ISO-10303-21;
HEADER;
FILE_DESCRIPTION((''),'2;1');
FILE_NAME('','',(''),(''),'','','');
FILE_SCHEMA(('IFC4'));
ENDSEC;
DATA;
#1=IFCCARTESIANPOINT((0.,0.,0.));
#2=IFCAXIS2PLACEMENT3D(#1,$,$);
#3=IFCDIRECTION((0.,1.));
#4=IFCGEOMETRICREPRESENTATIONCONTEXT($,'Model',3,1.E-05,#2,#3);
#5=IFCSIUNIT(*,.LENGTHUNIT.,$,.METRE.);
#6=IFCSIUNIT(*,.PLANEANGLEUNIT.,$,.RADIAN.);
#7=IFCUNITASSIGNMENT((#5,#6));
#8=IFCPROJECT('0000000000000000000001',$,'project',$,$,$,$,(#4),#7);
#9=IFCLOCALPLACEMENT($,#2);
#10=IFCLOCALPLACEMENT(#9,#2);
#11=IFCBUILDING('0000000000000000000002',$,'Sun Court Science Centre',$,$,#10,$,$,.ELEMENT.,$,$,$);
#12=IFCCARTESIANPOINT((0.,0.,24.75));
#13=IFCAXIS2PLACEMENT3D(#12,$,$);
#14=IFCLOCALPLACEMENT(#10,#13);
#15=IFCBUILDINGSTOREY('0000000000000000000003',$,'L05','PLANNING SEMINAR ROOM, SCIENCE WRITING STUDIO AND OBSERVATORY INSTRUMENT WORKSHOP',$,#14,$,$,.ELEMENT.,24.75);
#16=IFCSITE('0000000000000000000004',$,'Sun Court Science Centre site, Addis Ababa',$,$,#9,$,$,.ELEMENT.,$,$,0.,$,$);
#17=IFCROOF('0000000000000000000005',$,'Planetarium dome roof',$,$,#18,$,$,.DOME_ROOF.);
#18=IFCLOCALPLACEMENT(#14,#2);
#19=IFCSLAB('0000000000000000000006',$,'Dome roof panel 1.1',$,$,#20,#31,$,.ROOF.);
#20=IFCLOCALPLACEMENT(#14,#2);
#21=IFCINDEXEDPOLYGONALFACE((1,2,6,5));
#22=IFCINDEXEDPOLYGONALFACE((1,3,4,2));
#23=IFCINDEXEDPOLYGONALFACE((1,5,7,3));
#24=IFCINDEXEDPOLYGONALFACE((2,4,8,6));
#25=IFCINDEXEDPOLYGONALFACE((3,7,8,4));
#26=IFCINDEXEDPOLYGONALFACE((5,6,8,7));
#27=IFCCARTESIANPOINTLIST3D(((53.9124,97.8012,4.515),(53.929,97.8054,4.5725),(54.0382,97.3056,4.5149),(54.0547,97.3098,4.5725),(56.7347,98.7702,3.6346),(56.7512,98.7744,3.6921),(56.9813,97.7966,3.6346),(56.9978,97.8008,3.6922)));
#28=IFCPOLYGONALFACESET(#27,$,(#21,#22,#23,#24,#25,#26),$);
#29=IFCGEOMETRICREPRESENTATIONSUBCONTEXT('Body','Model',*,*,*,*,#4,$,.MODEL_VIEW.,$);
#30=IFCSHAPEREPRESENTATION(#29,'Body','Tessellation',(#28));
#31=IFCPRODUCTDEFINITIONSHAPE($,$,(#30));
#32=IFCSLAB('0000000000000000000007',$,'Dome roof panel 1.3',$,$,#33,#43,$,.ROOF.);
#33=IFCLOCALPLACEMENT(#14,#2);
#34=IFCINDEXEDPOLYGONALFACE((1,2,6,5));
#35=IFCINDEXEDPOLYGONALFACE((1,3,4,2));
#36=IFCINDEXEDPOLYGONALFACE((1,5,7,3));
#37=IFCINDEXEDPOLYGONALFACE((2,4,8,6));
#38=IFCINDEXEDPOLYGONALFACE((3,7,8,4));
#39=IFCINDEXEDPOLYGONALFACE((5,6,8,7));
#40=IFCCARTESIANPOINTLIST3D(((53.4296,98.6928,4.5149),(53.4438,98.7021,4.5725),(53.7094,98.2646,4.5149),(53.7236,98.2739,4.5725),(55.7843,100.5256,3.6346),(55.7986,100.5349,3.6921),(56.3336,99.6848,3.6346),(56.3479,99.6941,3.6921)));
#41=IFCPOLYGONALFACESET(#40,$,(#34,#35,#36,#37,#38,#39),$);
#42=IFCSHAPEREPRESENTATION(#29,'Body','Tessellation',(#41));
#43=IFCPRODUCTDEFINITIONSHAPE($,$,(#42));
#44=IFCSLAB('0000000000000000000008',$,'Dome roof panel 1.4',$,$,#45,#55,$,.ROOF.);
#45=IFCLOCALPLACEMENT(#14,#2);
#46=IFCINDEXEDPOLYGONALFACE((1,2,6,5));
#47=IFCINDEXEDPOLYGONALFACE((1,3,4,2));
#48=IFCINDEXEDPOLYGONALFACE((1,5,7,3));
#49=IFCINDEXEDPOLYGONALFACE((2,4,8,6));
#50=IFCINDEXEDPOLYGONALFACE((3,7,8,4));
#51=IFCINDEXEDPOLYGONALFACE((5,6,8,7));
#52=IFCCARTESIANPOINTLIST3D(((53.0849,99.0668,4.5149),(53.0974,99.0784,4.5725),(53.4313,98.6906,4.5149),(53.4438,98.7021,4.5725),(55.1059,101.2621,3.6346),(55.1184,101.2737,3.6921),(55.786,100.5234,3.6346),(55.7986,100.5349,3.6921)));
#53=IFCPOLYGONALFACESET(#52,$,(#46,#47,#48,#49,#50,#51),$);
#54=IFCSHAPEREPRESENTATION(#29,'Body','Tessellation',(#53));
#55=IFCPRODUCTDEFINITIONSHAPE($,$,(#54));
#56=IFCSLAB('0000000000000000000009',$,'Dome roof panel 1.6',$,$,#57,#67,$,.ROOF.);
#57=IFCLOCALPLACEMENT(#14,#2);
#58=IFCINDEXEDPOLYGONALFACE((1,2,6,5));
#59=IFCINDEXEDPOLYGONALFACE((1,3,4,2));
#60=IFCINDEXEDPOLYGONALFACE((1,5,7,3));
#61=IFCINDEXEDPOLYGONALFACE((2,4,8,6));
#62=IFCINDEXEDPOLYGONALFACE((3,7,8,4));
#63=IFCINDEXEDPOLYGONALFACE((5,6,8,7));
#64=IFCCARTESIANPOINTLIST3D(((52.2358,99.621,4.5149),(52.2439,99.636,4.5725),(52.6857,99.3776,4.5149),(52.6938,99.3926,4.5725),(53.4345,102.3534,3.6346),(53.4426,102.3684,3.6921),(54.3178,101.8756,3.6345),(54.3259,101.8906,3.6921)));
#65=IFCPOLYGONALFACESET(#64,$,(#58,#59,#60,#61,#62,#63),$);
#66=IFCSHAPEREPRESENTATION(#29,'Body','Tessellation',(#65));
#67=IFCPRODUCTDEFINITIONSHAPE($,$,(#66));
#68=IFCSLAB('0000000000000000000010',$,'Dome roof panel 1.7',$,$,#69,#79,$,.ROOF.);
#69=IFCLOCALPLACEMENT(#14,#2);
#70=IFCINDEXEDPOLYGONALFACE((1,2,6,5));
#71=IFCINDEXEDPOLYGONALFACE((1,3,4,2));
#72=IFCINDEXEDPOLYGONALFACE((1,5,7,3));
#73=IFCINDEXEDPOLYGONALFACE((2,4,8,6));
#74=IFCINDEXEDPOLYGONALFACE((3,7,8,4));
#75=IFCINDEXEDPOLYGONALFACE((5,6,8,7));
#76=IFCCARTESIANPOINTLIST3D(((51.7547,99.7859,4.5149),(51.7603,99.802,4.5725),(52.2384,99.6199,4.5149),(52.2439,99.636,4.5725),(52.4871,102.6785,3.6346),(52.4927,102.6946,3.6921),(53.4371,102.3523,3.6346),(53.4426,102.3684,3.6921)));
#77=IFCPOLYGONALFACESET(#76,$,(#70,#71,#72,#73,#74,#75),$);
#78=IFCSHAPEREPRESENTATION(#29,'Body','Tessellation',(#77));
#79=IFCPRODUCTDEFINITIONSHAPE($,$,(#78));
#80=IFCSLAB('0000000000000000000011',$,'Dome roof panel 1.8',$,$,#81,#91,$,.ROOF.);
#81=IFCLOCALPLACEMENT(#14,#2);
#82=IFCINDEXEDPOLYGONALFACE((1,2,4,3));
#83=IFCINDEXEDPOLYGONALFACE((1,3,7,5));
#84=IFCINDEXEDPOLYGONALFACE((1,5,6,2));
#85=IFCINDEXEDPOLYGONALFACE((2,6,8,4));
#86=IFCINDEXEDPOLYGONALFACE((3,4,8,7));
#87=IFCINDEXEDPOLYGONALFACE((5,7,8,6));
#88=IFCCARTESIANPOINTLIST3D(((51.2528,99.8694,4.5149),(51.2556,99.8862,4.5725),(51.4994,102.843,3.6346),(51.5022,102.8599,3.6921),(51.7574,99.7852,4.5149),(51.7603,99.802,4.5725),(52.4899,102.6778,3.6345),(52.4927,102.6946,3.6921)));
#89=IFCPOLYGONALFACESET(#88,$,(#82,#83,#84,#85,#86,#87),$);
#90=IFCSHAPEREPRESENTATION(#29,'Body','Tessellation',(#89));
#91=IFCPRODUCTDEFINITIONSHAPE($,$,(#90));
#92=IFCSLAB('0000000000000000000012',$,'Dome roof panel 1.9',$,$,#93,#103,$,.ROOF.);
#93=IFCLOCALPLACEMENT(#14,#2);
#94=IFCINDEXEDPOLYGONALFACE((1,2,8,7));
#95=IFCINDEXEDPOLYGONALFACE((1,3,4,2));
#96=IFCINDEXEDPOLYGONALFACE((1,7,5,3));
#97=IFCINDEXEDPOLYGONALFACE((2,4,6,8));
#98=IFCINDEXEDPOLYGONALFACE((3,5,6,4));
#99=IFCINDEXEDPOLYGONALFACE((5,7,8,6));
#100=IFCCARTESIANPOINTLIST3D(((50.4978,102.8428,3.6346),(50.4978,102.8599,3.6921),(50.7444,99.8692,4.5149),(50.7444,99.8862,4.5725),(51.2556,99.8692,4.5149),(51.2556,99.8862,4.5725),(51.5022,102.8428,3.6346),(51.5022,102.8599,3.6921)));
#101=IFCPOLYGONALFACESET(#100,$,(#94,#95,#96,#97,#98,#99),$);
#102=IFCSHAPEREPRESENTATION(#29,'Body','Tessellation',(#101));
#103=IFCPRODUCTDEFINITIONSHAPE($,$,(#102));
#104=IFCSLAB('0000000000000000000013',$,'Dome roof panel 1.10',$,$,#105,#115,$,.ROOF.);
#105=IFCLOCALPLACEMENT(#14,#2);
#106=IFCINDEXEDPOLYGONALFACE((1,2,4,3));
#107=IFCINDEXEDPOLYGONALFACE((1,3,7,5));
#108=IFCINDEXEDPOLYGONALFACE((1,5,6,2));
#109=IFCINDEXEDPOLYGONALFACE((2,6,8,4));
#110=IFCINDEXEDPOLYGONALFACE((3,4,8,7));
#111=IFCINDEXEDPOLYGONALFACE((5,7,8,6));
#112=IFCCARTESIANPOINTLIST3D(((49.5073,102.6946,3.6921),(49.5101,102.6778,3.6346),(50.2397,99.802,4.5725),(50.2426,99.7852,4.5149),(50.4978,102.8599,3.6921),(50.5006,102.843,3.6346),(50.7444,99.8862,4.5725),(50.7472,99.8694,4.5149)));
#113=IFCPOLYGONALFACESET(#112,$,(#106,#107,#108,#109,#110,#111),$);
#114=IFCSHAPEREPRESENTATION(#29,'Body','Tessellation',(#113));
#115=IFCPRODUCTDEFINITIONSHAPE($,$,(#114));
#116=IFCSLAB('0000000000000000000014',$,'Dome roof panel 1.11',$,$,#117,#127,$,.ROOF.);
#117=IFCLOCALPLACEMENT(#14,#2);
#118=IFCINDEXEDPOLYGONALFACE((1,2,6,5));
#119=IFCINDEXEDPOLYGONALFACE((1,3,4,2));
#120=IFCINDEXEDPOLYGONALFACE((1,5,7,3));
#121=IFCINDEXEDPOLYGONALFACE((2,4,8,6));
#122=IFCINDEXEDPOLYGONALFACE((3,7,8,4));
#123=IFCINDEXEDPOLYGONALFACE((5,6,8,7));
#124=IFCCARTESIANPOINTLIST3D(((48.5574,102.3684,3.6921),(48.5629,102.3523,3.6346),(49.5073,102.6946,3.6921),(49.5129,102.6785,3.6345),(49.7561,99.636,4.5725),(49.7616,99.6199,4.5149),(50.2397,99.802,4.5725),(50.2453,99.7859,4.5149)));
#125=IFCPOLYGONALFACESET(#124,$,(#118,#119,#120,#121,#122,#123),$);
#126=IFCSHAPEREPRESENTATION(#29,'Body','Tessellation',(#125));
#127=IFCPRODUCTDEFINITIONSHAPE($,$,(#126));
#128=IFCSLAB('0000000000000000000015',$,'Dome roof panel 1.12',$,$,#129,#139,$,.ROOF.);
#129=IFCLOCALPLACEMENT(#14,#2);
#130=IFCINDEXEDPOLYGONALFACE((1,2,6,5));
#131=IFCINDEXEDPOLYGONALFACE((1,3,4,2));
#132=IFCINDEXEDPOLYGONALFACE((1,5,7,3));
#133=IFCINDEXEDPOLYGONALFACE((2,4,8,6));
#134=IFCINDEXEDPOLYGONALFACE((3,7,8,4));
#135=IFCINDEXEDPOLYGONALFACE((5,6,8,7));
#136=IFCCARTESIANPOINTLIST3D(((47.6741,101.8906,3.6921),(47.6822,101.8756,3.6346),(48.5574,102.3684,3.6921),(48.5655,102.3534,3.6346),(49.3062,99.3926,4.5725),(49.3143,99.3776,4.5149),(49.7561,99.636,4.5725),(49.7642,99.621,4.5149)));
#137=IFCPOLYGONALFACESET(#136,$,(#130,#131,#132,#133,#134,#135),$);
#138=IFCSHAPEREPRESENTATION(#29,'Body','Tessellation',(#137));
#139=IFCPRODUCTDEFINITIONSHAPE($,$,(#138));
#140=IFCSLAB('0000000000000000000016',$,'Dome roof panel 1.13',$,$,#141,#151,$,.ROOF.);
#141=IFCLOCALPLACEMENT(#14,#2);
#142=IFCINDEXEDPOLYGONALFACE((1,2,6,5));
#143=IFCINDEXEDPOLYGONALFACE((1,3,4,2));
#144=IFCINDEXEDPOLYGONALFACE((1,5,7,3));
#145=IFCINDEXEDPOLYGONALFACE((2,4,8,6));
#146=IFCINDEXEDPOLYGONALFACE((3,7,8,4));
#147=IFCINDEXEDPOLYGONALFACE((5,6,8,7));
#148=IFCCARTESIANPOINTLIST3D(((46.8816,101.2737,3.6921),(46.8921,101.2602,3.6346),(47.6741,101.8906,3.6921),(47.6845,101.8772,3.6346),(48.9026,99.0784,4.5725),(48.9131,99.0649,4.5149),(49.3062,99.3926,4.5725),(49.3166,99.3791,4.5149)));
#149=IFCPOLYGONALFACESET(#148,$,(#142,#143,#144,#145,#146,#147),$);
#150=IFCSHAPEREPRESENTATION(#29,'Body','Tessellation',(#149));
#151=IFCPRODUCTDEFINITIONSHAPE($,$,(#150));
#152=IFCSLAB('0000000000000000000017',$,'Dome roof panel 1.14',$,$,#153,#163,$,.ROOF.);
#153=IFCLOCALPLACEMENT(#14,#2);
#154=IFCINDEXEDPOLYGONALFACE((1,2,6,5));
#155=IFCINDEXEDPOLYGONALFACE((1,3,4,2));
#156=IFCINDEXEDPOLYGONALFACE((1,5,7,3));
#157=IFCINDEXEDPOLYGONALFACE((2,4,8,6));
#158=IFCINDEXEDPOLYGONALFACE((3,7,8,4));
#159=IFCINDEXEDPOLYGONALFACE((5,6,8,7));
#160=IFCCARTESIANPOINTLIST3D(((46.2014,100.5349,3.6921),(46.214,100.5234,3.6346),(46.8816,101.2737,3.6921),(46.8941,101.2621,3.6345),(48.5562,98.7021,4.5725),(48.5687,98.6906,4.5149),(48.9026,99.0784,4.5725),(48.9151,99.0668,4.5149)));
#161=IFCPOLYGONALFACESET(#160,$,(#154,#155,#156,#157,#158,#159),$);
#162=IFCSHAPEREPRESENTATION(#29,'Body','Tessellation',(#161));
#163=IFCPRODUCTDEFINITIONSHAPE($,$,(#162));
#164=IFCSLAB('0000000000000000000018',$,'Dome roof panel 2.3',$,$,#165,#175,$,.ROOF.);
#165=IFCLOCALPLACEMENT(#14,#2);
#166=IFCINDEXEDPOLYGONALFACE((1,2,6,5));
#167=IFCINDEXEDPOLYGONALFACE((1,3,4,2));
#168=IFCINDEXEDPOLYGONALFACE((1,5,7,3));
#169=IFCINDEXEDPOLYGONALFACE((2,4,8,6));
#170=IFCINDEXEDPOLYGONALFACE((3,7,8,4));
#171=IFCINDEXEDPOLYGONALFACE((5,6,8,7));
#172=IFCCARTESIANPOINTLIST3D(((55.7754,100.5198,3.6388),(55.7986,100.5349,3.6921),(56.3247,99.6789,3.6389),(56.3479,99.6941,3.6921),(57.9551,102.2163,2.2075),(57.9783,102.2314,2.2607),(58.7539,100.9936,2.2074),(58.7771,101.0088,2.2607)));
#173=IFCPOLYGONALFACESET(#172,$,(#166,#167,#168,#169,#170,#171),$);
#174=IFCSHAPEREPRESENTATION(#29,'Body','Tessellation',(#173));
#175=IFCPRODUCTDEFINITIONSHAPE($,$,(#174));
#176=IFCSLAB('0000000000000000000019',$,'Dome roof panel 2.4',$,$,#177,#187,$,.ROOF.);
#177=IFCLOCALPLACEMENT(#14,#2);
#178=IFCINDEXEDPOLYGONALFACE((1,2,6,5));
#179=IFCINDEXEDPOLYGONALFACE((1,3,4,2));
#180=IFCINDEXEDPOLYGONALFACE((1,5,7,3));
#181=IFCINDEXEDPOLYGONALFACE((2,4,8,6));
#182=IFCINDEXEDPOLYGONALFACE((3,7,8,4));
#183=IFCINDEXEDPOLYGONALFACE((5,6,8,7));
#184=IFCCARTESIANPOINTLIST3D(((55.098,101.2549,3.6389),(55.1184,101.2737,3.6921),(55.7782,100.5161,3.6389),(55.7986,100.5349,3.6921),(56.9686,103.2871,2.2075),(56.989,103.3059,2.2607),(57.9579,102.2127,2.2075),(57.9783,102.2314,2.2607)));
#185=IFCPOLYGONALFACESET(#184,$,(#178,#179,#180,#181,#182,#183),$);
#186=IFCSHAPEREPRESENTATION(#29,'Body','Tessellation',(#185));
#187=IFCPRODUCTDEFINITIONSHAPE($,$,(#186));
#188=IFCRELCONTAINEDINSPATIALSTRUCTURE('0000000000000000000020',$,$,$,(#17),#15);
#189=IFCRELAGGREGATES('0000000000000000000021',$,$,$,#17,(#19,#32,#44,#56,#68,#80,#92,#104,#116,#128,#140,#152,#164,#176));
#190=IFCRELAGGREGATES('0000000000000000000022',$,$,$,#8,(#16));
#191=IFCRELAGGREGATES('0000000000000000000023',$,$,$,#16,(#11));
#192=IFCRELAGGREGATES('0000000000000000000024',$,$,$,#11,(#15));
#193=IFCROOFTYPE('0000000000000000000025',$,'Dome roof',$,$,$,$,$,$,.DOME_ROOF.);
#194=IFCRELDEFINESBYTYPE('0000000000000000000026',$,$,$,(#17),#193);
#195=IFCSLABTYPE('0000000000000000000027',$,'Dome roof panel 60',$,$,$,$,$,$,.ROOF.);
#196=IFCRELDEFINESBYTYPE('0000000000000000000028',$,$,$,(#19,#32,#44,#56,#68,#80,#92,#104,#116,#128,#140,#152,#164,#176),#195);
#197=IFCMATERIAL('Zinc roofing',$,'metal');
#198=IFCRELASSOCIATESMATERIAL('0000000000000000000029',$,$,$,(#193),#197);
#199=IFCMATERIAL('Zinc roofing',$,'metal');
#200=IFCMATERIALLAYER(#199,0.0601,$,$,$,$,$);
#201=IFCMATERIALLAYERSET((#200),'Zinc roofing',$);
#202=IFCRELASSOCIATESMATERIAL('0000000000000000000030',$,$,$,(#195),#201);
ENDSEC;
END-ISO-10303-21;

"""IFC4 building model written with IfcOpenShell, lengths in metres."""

from ifc_helpers import new_model, si_unit, direction, frame, origin, place, context, subcontext, project, spatial, polyline, outline, extrude, material, layer, layer_set, type_object, element, aggregate, save


model = new_model("IFC4")

# Units and contexts
model_context = context("Model", 3, precision=1e-05, world=origin(), true_north=direction((0.0, 1.0)))
body_context = subcontext(model_context, "Body", "Model", "MODEL_VIEW")
ifc_project = project(units=[si_unit("LENGTHUNIT", "METRE"), si_unit("PLANEANGLEUNIT", "RADIAN")], contexts=[model_context])

# Site, building, storey
site_placement = place(None, origin())
site = spatial("IfcSite", under=ifc_project, at=site_placement, Name="Sun Court Science Centre site, Addis Ababa", CompositionType="ELEMENT", RefElevation=0.0)
building_placement = place(site_placement, origin())
building = spatial("IfcBuilding", under=site, at=building_placement, Name="Sun Court Science Centre", CompositionType="ELEMENT")
storey_placement = place(building_placement, frame((0.0, 0.0, 24.75)))
storey = spatial("IfcBuildingStorey", under=building, at=storey_placement, Name="L05", Description="PLANNING SEMINAR ROOM, SCIENCE WRITING STUDIO AND OBSERVATORY INSTRUMENT WORKSHOP", CompositionType="ELEMENT", Elevation=24.75)

# Roof, slabs
ifc_material_1 = material(Name="Zinc roofing", Category="metal")
roof_type = type_object("IfcRoofType", Name="Dome roof", PredefinedType="DOME_ROOF", material=ifc_material_1)
roof_placement = place(storey_placement, origin())
roof = element("IfcRoof", 1, at=roof_placement, inside=storey, type_object=roof_type, Name="Planetarium dome roof", PredefinedType="DOME_ROOF")
ifc_material_2 = material(Name="Zinc roofing", Category="metal")
ifc_layer = layer(ifc_material_2, 0.0601)
ifc_layer_set = layer_set([ifc_layer], Name="Zinc roofing")
slab_type = type_object("IfcSlabType", Name="Dome roof panel 60", PredefinedType="ROOF", material=ifc_layer_set)
slab_1_placement = place(storey_placement, frame((54.0547, 97.3098, 4.5725), z_axis=(0.275177, 0.069732, 0.958861), x_axis=(-0.245883, 0.969299, 0.000074)))
slab_1 = element("IfcSlab", 2, at=slab_1_placement, type_object=slab_type, Name="Dome roof panel 1.1", PredefinedType="ROOF", context=body_context, shape_type="SweptSolid", body=[
    extrude(outline(polyline([(0.0, 0.0), (0.5113, 0.0), (0.7565, -3.1015), (-0.2478, -3.1011), (0.0, 0.0)])), origin(), (0.0, 0.0, -1.0), 0.0601),
])
slab_2_placement = place(storey_placement, frame((53.7236, 98.2739, 4.5725), z_axis=(0.237648, 0.155262, 0.958862), x_axis=(-0.546965, 0.837156, 0.000007)))
slab_2 = element("IfcSlab", 3, at=slab_2_placement, type_object=slab_type, Name="Dome roof panel 1.3", PredefinedType="ROOF", context=body_context, shape_type="SweptSolid", body=[
    extrude(outline(polyline([(0.0, 0.0), (0.5115, 0.0), (0.7579, -3.1013), (-0.2465, -3.1013), (0.0, 0.0)])), origin(), (0.0, 0.0, -1.0), 0.0601),
])
slab_3_placement = place(storey_placement, frame((53.4438, 98.7021, 4.5725), z_axis=(0.208832, 0.192279, 0.958863), x_axis=(-0.677384, 0.735629, 0.000014)))
slab_3 = element("IfcSlab", 4, at=slab_3_placement, type_object=slab_type, Name="Dome roof panel 1.4", PredefinedType="ROOF", context=body_context, shape_type="SweptSolid", body=[
    extrude(outline(polyline([(0.0, 0.0), (0.5114, 0.0), (0.7574, -3.1014), (-0.2468, -3.1013), (0.0, 0.0)])), origin(), (0.0, 0.0, -1.0), 0.0601),
])
slab_4_placement = place(storey_placement, frame((52.6938, 99.3926, 4.5725), z_axis=(0.135062, 0.249686, 0.958861), x_axis=(-0.879551, 0.475804, -0.000008)))
slab_4 = element("IfcSlab", 5, at=slab_4_placement, type_object=slab_type, Name="Dome roof panel 1.6", PredefinedType="ROOF", context=body_context, shape_type="SweptSolid", body=[
    extrude(outline(polyline([(0.0, 0.0), (0.5116, 0.0), (0.7573, -3.1012), (-0.2469, -3.1013), (0.0, 0.0)])), origin(), (0.0, 0.0, -1.0), 0.0601),
])
slab_5_placement = place(storey_placement, frame((52.2439, 99.636, 4.5725), z_axis=(0.092181, 0.268496, 0.95886), x_axis=(-0.945827, 0.32467, 0.000015)))
slab_5 = element("IfcSlab", 6, at=slab_5_placement, type_object=slab_type, Name="Dome roof panel 1.7", PredefinedType="ROOF", context=body_context, shape_type="SweptSolid", body=[
    extrude(outline(polyline([(0.0, 0.0), (0.5113, 0.0), (0.7577, -3.1013), (-0.2467, -3.1012), (0.0, 0.0)])), origin(), (0.0, 0.0, -1.0), 0.0601),
])
slab_6_placement = place(storey_placement, frame((51.7603, 99.802, 4.5725), z_axis=(0.046728, 0.280004, 0.958861), x_axis=(-0.986356, 0.164629, -0.000006)))
slab_6 = element("IfcSlab", 7, at=slab_6_placement, type_object=slab_type, Name="Dome roof panel 1.8", PredefinedType="ROOF", context=body_context, shape_type="SweptSolid", body=[
    extrude(outline(polyline([(0.0, 0.0), (0.5116, 0.0), (0.758, -3.1012), (-0.2462, -3.1013), (0.0, 0.0)])), origin(), (0.0, 0.0, -1.0), 0.0601),
])
slab_7_placement = place(storey_placement, frame((51.2556, 99.8862, 4.5725), z_axis=(0.0, 0.283879, 0.95886), x_axis=(-1.0, 0.0, 0.0)))
slab_7 = element("IfcSlab", 8, at=slab_7_placement, type_object=slab_type, Name="Dome roof panel 1.9", PredefinedType="ROOF", context=body_context, shape_type="SweptSolid", body=[
    extrude(outline(polyline([(0.0, 0.0), (0.5112, 0.0), (0.7578, -3.1012), (-0.2466, -3.1012), (0.0, 0.0)])), origin(), (0.0, 0.0, -1.0), 0.0601),
])
slab_8_placement = place(storey_placement, frame((50.7444, 99.8862, 4.5725), z_axis=(-0.046728, 0.280004, 0.958861), x_axis=(-0.986356, -0.164629, 0.000006)))
slab_8 = element("IfcSlab", 9, at=slab_8_placement, type_object=slab_type, Name="Dome roof panel 1.10", PredefinedType="ROOF", context=body_context, shape_type="SweptSolid", body=[
    extrude(outline(polyline([(0.0, 0.0), (0.5116, 0.0), (0.7578, -3.1013), (-0.2463, -3.1012), (0.0, 0.0)])), origin(), (0.0, 0.0, -1.0), 0.0601),
])
slab_9_placement = place(storey_placement, frame((50.2397, 99.802, 4.5725), z_axis=(-0.092181, 0.268496, 0.95886), x_axis=(-0.945827, -0.32467, -0.000015)))
slab_9 = element("IfcSlab", 10, at=slab_9_placement, type_object=slab_type, Name="Dome roof panel 1.11", PredefinedType="ROOF", context=body_context, shape_type="SweptSolid", body=[
    extrude(outline(polyline([(0.0, 0.0), (0.5113, 0.0), (0.758, -3.1012), (-0.2464, -3.1013), (0.0, 0.0)])), origin(), (0.0, 0.0, -1.0), 0.0601),
])
slab_10_placement = place(storey_placement, frame((49.7561, 99.636, 4.5725), z_axis=(-0.135062, 0.249686, 0.958861), x_axis=(-0.879551, -0.475804, 0.000008)))
slab_10 = element("IfcSlab", 11, at=slab_10_placement, type_object=slab_type, Name="Dome roof panel 1.12", PredefinedType="ROOF", context=body_context, shape_type="SweptSolid", body=[
    extrude(outline(polyline([(0.0, 0.0), (0.5116, 0.0), (0.7585, -3.1013), (-0.2458, -3.1012), (0.0, 0.0)])), origin(), (0.0, 0.0, -1.0), 0.0601),
])
slab_11_placement = place(storey_placement, frame((49.3062, 99.3926, 4.5725), z_axis=(-0.174384, 0.223992, 0.958863), x_axis=(-0.789045, -0.614335, 0.00001)))
slab_11 = element("IfcSlab", 12, at=slab_11_placement, type_object=slab_type, Name="Dome roof panel 1.13", PredefinedType="ROOF", context=body_context, shape_type="SweptSolid", body=[
    extrude(outline(polyline([(0.0, 0.0), (0.5115, 0.0), (0.7575, -3.1013), (-0.2469, -3.1013), (0.0, 0.0)])), origin(), (0.0, 0.0, -1.0), 0.0601),
])
slab_12_placement = place(storey_placement, frame((48.9026, 99.0784, 4.5725), z_axis=(-0.208832, 0.192279, 0.958863), x_axis=(-0.677384, -0.735629, -0.000014)))
slab_12 = element("IfcSlab", 13, at=slab_12_placement, type_object=slab_type, Name="Dome roof panel 1.14", PredefinedType="ROOF", context=body_context, shape_type="SweptSolid", body=[
    extrude(outline(polyline([(0.0, 0.0), (0.5114, 0.0), (0.7583, -3.1013), (-0.2459, -3.1014), (0.0, 0.0)])), origin(), (0.0, 0.0, -1.0), 0.0601),
])
slab_13_placement = place(storey_placement, frame((56.3479, 99.6941, 3.6921), z_axis=(0.386227, 0.252336, 0.887218), x_axis=(-0.546938, 0.837173, -0.000008)))
slab_13 = element("IfcSlab", 14, at=slab_13_placement, type_object=slab_type, Name="Dome roof panel 2.3", PredefinedType="ROOF", context=body_context, shape_type="SweptSolid", body=[
    extrude(outline(polyline([(0.0, 0.0), (1.0044, 0.0), (1.2325, -3.1026), (-0.228, -3.1026), (0.0, 0.0)])), origin(), (0.0, 0.0, -1.0), 0.0601),
])
slab_14_placement = place(storey_placement, frame((55.7986, 100.5349, 3.6921), z_axis=(0.339409, 0.312492, 0.887215), x_axis=(-0.677331, 0.735678, -0.000002)))
slab_14 = element("IfcSlab", 15, at=slab_14_placement, type_object=slab_type, Name="Dome roof panel 2.4", PredefinedType="ROOF", context=body_context, shape_type="SweptSolid", body=[
    extrude(outline(polyline([(0.0, 0.0), (1.0042, 0.0), (1.2322, -3.1026), (-0.2283, -3.1026), (0.0, 0.0)])), origin(), (0.0, 0.0, -1.0), 0.0601),
])
aggregate(roof, [slab_1, slab_2, slab_3, slab_4, slab_5, slab_6, slab_7, slab_8, slab_9, slab_10, slab_11, slab_12, slab_13, slab_14])

save(model, "model.ifc")
